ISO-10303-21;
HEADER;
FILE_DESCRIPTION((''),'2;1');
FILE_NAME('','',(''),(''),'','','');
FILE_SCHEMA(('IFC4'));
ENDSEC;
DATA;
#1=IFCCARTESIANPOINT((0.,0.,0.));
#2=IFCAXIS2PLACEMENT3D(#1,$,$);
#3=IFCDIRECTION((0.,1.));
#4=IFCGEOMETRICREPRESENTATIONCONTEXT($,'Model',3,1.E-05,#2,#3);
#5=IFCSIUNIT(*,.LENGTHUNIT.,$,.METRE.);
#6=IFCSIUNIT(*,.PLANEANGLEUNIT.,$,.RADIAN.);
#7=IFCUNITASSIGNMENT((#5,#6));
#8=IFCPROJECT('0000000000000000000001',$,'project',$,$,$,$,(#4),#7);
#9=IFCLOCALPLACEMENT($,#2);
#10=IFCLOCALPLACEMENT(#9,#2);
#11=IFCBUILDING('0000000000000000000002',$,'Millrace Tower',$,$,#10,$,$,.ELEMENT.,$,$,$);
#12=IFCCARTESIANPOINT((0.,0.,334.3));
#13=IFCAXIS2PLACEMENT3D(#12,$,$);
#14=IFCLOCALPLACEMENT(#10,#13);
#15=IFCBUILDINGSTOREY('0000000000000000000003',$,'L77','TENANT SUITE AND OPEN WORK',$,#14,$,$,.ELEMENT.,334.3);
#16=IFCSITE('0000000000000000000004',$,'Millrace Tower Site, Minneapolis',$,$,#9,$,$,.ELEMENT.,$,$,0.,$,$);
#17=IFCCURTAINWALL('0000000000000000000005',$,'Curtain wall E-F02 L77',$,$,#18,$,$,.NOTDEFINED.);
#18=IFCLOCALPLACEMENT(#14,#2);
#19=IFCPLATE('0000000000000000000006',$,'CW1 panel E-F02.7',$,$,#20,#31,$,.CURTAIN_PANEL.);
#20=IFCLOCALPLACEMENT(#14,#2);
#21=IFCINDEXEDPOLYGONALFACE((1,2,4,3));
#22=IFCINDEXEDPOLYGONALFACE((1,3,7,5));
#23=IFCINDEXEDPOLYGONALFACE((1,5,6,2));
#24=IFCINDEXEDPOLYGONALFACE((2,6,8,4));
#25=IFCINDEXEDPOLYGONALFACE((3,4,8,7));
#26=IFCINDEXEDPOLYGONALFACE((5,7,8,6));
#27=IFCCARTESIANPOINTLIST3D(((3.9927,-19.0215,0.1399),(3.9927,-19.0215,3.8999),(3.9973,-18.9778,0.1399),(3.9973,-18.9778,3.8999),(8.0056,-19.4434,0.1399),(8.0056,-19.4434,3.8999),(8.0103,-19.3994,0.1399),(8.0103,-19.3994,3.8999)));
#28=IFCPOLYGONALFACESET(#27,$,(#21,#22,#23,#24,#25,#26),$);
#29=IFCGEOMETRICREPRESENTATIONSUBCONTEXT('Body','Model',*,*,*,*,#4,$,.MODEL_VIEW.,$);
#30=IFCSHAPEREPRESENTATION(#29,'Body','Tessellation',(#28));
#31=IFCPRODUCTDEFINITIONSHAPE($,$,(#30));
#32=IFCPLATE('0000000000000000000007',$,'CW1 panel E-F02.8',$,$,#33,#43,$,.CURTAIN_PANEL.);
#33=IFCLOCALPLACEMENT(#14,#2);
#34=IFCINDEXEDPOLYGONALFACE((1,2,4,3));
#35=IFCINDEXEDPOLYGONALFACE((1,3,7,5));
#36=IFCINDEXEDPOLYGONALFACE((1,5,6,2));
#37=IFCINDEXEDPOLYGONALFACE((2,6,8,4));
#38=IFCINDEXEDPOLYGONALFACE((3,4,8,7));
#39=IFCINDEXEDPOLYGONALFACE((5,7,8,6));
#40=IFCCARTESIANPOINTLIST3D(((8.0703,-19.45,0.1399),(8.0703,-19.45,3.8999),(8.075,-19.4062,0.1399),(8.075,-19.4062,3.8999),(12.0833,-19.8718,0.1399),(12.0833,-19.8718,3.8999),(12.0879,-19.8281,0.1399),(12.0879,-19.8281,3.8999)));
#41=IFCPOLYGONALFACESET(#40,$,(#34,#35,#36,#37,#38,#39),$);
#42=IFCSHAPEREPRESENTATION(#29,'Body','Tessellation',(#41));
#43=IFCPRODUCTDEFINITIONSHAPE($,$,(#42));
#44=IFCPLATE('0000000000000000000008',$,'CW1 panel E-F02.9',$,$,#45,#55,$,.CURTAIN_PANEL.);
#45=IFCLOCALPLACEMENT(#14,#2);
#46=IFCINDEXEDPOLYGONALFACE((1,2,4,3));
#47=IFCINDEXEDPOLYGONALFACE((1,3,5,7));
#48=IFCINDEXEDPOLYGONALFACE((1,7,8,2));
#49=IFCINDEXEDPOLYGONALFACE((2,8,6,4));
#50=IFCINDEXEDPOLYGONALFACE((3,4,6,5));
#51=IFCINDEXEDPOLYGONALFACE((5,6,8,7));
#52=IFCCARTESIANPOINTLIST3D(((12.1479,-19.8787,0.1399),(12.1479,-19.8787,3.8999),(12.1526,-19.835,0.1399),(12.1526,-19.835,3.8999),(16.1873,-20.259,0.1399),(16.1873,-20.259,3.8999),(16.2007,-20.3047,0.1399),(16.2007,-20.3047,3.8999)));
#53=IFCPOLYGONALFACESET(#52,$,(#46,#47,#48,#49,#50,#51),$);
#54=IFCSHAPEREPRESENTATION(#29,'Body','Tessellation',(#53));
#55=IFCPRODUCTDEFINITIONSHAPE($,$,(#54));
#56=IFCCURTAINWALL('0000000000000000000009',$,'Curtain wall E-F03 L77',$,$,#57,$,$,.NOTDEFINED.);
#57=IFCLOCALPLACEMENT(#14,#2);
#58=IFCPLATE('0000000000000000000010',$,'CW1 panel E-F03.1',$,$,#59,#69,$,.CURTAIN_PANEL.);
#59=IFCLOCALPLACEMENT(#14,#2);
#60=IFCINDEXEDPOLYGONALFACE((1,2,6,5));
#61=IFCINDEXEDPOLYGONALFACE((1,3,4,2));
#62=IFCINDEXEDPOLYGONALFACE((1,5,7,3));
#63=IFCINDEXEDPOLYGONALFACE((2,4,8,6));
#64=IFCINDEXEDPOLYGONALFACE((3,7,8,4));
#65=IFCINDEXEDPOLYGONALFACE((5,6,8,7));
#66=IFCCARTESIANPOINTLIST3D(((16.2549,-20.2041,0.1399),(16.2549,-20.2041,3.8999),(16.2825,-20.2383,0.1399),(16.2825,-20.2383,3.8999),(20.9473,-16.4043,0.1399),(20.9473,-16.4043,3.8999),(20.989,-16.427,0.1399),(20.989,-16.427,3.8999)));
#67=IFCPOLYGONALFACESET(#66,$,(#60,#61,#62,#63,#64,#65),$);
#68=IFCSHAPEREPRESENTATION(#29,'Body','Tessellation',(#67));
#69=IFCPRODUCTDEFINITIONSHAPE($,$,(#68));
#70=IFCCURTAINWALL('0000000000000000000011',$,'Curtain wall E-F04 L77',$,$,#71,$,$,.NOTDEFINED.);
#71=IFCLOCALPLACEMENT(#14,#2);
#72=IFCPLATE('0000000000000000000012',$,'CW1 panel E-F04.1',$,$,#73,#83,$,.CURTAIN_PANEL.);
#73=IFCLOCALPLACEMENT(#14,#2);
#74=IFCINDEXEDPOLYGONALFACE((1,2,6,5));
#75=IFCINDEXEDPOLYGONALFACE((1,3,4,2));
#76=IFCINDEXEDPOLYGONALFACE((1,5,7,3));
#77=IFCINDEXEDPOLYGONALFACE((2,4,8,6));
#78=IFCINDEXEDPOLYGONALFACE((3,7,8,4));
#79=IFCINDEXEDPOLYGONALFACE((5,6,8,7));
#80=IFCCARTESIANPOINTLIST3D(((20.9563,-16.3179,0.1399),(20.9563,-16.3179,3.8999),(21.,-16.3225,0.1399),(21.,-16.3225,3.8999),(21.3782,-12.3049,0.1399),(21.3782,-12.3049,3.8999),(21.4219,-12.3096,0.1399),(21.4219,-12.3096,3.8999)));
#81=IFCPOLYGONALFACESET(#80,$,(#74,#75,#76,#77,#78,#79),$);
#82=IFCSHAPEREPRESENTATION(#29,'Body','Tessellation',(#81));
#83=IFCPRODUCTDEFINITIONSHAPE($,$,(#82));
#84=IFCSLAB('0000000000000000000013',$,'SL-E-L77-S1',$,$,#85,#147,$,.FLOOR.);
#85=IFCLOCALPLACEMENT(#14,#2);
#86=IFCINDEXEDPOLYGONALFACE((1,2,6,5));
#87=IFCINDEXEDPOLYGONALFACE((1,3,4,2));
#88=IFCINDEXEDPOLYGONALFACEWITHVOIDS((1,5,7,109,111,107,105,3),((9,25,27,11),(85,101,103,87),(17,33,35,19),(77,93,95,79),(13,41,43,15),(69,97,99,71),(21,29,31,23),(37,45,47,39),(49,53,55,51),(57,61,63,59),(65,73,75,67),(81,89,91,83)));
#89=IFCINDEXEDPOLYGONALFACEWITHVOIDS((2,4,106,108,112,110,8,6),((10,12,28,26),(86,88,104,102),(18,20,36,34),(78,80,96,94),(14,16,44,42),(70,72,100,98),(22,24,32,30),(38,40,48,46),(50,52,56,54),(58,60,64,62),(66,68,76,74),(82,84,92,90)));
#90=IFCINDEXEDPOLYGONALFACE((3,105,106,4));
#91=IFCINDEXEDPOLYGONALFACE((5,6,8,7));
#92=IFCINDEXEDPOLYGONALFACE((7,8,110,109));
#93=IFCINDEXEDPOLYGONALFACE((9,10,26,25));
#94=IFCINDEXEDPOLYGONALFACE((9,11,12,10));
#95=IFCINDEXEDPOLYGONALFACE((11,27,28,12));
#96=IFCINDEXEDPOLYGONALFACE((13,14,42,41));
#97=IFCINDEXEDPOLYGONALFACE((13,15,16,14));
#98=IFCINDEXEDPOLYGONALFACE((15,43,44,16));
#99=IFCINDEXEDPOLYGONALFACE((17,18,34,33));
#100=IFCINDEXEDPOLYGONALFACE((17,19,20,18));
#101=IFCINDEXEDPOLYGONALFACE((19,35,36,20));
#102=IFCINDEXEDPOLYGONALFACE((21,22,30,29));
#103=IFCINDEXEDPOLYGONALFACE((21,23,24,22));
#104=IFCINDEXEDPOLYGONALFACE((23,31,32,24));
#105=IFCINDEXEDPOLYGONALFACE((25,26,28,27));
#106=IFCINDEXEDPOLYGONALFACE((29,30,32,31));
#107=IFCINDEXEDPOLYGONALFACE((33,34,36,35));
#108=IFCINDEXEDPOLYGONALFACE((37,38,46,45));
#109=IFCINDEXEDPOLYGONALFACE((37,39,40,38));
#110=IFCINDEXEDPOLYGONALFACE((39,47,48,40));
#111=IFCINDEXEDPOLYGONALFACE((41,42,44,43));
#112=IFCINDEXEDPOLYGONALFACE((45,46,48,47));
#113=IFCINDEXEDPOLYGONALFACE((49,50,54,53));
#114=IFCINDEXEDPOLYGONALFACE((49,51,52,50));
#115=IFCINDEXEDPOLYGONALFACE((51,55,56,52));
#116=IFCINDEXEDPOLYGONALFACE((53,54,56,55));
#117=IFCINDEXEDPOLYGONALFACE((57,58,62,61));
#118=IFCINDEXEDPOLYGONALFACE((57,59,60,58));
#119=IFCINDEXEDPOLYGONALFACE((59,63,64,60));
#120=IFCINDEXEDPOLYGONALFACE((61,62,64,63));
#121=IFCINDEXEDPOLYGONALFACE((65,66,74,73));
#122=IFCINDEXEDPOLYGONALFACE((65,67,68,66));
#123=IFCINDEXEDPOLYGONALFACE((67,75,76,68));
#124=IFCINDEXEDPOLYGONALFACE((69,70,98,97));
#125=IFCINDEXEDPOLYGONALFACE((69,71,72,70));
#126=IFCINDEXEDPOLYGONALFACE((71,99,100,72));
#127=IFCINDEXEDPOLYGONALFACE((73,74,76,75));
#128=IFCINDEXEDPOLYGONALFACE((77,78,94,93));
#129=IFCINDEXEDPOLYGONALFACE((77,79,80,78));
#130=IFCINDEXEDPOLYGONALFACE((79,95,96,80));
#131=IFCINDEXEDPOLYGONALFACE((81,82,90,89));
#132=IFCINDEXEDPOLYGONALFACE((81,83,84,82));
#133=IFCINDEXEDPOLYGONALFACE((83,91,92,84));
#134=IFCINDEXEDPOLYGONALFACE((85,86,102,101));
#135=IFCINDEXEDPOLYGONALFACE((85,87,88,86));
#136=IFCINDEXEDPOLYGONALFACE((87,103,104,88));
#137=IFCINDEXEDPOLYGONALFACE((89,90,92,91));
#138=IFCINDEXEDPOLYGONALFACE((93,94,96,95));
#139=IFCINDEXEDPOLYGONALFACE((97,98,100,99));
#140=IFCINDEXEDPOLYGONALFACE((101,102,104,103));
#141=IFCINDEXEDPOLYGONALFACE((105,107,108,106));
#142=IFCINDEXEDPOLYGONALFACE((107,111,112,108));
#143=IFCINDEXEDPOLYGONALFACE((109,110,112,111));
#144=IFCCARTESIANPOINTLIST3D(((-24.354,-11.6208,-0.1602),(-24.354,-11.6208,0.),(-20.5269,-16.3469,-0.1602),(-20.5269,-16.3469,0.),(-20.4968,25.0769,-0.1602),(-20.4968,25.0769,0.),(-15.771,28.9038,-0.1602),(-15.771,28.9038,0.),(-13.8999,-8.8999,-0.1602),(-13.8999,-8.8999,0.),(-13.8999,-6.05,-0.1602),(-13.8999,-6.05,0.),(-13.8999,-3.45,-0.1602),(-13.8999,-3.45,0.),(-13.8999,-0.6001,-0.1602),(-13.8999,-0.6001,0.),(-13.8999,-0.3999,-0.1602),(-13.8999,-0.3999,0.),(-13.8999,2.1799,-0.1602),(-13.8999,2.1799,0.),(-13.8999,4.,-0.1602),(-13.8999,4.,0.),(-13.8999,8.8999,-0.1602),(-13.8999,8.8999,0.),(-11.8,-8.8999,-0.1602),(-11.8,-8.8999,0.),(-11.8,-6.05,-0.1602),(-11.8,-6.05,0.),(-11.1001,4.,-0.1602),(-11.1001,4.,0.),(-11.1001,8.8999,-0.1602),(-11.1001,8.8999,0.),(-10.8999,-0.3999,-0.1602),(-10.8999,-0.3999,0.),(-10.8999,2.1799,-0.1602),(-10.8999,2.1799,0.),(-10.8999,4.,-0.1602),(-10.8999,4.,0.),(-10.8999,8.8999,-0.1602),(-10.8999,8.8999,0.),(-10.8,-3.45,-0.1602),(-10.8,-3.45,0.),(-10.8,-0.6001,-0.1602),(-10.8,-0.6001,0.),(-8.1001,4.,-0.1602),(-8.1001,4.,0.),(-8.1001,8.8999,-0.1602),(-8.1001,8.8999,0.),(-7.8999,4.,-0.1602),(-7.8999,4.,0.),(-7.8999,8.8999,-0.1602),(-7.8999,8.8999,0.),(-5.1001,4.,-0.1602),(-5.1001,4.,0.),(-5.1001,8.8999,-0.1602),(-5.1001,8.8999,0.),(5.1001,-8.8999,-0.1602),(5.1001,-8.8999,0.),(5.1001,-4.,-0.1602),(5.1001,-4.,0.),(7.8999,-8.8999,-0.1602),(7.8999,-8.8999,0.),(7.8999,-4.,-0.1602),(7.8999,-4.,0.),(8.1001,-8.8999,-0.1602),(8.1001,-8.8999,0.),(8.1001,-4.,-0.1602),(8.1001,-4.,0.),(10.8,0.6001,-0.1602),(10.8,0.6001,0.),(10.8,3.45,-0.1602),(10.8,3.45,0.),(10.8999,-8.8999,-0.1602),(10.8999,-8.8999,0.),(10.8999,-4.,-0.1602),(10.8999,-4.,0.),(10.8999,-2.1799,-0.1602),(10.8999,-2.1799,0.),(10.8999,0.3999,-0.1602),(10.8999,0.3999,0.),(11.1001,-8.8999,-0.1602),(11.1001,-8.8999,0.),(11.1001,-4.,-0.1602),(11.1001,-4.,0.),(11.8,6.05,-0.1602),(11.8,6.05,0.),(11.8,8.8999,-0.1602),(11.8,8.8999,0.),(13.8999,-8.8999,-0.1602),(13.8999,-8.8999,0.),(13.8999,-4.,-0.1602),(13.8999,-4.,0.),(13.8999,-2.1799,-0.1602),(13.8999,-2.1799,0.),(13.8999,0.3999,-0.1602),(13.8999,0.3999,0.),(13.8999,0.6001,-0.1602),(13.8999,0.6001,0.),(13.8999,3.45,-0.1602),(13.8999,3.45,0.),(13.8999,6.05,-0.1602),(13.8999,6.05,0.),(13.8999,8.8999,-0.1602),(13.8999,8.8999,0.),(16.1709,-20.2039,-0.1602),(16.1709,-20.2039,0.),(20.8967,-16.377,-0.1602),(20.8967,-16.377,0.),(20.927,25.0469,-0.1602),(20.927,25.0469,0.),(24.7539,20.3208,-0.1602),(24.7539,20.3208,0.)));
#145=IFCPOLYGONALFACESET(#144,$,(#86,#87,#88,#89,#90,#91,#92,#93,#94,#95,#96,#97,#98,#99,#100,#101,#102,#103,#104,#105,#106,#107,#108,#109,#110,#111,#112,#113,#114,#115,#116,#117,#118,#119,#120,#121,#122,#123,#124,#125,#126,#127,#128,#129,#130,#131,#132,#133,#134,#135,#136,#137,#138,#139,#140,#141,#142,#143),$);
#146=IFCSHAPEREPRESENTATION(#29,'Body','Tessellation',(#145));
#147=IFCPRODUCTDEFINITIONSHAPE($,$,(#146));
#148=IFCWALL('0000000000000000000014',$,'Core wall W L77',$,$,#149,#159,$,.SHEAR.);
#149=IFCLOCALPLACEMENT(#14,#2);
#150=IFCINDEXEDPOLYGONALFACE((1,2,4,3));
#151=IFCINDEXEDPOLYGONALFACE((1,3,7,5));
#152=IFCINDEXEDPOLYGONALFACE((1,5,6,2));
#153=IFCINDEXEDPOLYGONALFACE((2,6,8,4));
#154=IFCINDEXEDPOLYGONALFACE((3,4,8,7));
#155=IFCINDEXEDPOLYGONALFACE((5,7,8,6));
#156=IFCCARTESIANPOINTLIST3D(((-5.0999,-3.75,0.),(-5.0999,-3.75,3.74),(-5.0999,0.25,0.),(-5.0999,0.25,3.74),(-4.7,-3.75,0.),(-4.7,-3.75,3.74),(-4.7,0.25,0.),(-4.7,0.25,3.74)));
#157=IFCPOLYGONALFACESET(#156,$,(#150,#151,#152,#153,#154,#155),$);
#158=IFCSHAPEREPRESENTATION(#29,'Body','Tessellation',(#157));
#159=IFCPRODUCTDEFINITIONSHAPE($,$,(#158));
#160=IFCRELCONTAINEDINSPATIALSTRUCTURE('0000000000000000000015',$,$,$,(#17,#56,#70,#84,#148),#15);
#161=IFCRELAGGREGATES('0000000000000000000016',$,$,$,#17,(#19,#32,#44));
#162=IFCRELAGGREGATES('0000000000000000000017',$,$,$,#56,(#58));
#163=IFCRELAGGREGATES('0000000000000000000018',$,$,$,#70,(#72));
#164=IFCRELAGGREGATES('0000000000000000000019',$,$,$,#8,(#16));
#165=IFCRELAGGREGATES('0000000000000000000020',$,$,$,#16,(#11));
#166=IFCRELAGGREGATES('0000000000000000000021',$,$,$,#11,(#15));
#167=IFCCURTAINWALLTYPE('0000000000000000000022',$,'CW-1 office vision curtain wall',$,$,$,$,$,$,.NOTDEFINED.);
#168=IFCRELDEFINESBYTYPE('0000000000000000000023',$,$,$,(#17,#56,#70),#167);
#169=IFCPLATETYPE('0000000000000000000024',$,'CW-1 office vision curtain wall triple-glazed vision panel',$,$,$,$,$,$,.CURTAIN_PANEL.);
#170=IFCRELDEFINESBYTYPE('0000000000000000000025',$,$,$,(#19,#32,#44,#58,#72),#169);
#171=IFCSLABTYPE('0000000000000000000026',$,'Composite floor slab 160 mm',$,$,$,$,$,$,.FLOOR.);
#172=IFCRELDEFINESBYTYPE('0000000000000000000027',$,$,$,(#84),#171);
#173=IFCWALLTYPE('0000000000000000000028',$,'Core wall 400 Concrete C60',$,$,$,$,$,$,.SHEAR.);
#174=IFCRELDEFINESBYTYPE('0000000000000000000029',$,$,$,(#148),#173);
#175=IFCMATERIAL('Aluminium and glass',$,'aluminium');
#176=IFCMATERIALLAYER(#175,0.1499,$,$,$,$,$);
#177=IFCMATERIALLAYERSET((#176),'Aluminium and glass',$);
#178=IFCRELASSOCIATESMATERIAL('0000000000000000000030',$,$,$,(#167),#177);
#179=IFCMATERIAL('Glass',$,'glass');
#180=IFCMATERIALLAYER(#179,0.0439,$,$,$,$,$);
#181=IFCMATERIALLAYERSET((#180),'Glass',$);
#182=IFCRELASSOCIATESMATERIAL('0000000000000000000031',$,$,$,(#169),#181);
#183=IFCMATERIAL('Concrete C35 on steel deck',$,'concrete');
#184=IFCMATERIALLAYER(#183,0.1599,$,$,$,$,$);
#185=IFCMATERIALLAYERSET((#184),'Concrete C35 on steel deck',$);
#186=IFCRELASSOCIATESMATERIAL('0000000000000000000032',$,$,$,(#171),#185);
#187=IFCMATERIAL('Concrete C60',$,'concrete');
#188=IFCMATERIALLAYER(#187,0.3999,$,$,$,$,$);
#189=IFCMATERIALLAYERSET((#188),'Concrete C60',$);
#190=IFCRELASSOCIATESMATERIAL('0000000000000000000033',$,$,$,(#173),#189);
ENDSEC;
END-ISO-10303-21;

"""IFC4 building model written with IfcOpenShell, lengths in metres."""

from ifc_helpers import new_model, si_unit, direction, frame, frame_2d, origin, place, context, subcontext, project, spatial, polyline, rectangle, outline, extrude, material, layer, layer_set, type_object, element, aggregate, save


model = new_model("IFC4")

# Units and contexts
model_context = context("Model", 3, precision=1e-05, world=origin(), true_north=direction((0.0, 1.0)))
body_context = subcontext(model_context, "Body", "Model", "MODEL_VIEW")
ifc_project = project(units=[si_unit("LENGTHUNIT", "METRE"), si_unit("PLANEANGLEUNIT", "RADIAN")], contexts=[model_context])

# Site, building, storey
site_placement = place(None, origin())
site = spatial("IfcSite", under=ifc_project, at=site_placement, Name="Millrace Tower Site, Minneapolis", CompositionType="ELEMENT", RefElevation=0.0)
building_placement = place(site_placement, origin())
building = spatial("IfcBuilding", under=site, at=building_placement, Name="Millrace Tower", CompositionType="ELEMENT")
storey_placement = place(building_placement, frame((0.0, 0.0, 334.3)))
storey = spatial("IfcBuildingStorey", under=building, at=storey_placement, Name="L77", Description="TENANT SUITE AND OPEN WORK", CompositionType="ELEMENT", Elevation=334.3)

# Shared definitions
ifc_material_1 = material(Name="Aluminium and glass", Category="aluminium")
ifc_layer_1 = layer(ifc_material_1, 0.1499)
ifc_layer_set_1 = layer_set([ifc_layer_1], Name="Aluminium and glass")
curtain_wall_type = type_object("IfcCurtainWallType", Name="CW-1 office vision curtain wall", PredefinedType="NOTDEFINED", material=ifc_layer_set_1)
placement_1 = place(storey_placement, origin())
ifc_material_2 = material(Name="Glass", Category="glass")
ifc_layer_2 = layer(ifc_material_2, 0.0439)
ifc_layer_set_2 = layer_set([ifc_layer_2], Name="Glass")
plate_type = type_object("IfcPlateType", Name="CW-1 office vision curtain wall triple-glazed vision panel", PredefinedType="CURTAIN_PANEL", material=ifc_layer_set_2)
placement_2 = place(storey_placement, frame((0.0, 0.0, 0.1399)))

# Curtain wall, plates
curtain_wall_1 = element("IfcCurtainWall", 1, at=placement_1, inside=storey, type_object=curtain_wall_type, Name="Curtain wall E-F02 L77", PredefinedType="NOTDEFINED")
plate_1 = element("IfcPlate", 2, at=placement_2, type_object=plate_type, Name="CW1 panel E-F02.7", PredefinedType="CURTAIN_PANEL", context=body_context, shape_type="SweptSolid", body=[
    extrude(outline(polyline([(3.9927, -19.0215), (8.0056, -19.4434), (8.0103, -19.3994), (3.9973, -18.9778), (3.9927, -19.0215)])), origin(), (0.0, 0.0, 1.0), 3.76),
])
plate_2 = element("IfcPlate", 3, at=placement_2, type_object=plate_type, Name="CW1 panel E-F02.8", PredefinedType="CURTAIN_PANEL", context=body_context, shape_type="SweptSolid", body=[
    extrude(outline(polyline([(8.0703, -19.45), (12.0833, -19.8718), (12.0879, -19.8281), (8.075, -19.4062), (8.0703, -19.45)])), origin(), (0.0, 0.0, 1.0), 3.76),
])
plate_3 = element("IfcPlate", 4, at=placement_2, type_object=plate_type, Name="CW1 panel E-F02.9", PredefinedType="CURTAIN_PANEL", context=body_context, shape_type="SweptSolid", body=[
    extrude(outline(polyline([(12.1479, -19.8787), (16.2007, -20.3047), (16.1873, -20.259), (12.1526, -19.835), (12.1479, -19.8787)])), origin(), (0.0, 0.0, 1.0), 3.76),
])
aggregate(curtain_wall_1, [plate_1, plate_2, plate_3])

# Curtain walls, plates
curtain_wall_2 = element("IfcCurtainWall", 5, at=placement_1, inside=storey, type_object=curtain_wall_type, Name="Curtain wall E-F03 L77", PredefinedType="NOTDEFINED")
plate_4 = element("IfcPlate", 6, at=placement_2, type_object=plate_type, Name="CW1 panel E-F03.1", PredefinedType="CURTAIN_PANEL", context=body_context, shape_type="SweptSolid", body=[
    extrude(outline(polyline([(16.2825, -20.2383), (20.989, -16.427), (20.9473, -16.4043), (16.2549, -20.2041), (16.2825, -20.2383)])), origin(), (0.0, 0.0, 1.0), 3.76),
])
aggregate(curtain_wall_2, [plate_4])
curtain_wall_3 = element("IfcCurtainWall", 7, at=placement_1, inside=storey, type_object=curtain_wall_type, Name="Curtain wall E-F04 L77", PredefinedType="NOTDEFINED")
plate_5 = element("IfcPlate", 8, at=placement_2, type_object=plate_type, Name="CW1 panel E-F04.1", PredefinedType="CURTAIN_PANEL", context=body_context, shape_type="SweptSolid", body=[
    extrude(outline(polyline([(21.0, -16.3225), (21.4219, -12.3096), (21.3782, -12.3049), (20.9563, -16.3179), (21.0, -16.3225)])), origin(), (0.0, 0.0, 1.0), 3.76),
])
aggregate(curtain_wall_3, [plate_5])

# Slab
ifc_material_3 = material(Name="Concrete C35 on steel deck", Category="concrete")
ifc_layer_3 = layer(ifc_material_3, 0.1599)
ifc_layer_set_3 = layer_set([ifc_layer_3], Name="Concrete C35 on steel deck")
slab_type = type_object("IfcSlabType", Name="Composite floor slab 160 mm", PredefinedType="FLOOR", material=ifc_layer_set_3)
slab_placement = place(storey_placement, frame((0.0, 0.0, -0.1602)))
element("IfcSlab", 9, at=slab_placement, inside=storey, type_object=slab_type, Name="SL-E-L77-S1", PredefinedType="FLOOR", context=body_context, shape_type="SweptSolid", body=[
    extrude(outline(polyline([(-24.354, -11.6208), (-20.5269, -16.3469), (16.1709, -20.2039), (20.8967, -16.377), (24.7539, 20.3208), (20.927, 25.0469), (-15.771, 28.9038), (-20.4968, 25.0769), (-24.354, -11.6208)]), holes=[polyline([(-13.8999, -8.8999), (-11.8, -8.8999), (-11.8, -6.05), (-13.8999, -6.05), (-13.8999, -8.8999)]), polyline([(-13.8999, -3.45), (-10.8, -3.45), (-10.8, -0.6001), (-13.8999, -0.6001), (-13.8999, -3.45)]), polyline([(-13.8999, -0.3999), (-10.8999, -0.3999), (-10.8999, 2.1799), (-13.8999, 2.1799), (-13.8999, -0.3999)]), polyline([(-13.8999, 4.0), (-11.1001, 4.0), (-11.1001, 8.8999), (-13.8999, 8.8999), (-13.8999, 4.0)]), polyline([(-10.8999, 4.0), (-8.1001, 4.0), (-8.1001, 8.8999), (-10.8999, 8.8999), (-10.8999, 4.0)]), polyline([(-7.8999, 4.0), (-5.1001, 4.0), (-5.1001, 8.8999), (-7.8999, 8.8999), (-7.8999, 4.0)]), polyline([(11.8, 6.05), (13.8999, 6.05), (13.8999, 8.8999), (11.8, 8.8999), (11.8, 6.05)]), polyline([(10.8, 0.6001), (13.8999, 0.6001), (13.8999, 3.45), (10.8, 3.45), (10.8, 0.6001)]), polyline([(10.8999, -2.1799), (13.8999, -2.1799), (13.8999, 0.3999), (10.8999, 0.3999), (10.8999, -2.1799)]), polyline([(11.1001, -8.8999), (13.8999, -8.8999), (13.8999, -4.0), (11.1001, -4.0), (11.1001, -8.8999)]), polyline([(8.1001, -8.8999), (10.8999, -8.8999), (10.8999, -4.0), (8.1001, -4.0), (8.1001, -8.8999)]), polyline([(5.1001, -8.8999), (7.8999, -8.8999), (7.8999, -4.0), (5.1001, -4.0), (5.1001, -8.8999)])]), origin(), (0.0, 0.0, 1.0), 0.1602),
])

# Wall
ifc_material_4 = material(Name="Concrete C60", Category="concrete")
ifc_layer_4 = layer(ifc_material_4, 0.3999)
ifc_layer_set_4 = layer_set([ifc_layer_4], Name="Concrete C60")
wall_type_1 = type_object("IfcWallType", Name="Core wall 400 Concrete C60", PredefinedType="SHEAR", material=ifc_layer_set_4)
wall_1_placement = place(storey_placement, frame((-4.8999, -3.75, 0.0), z_axis=(0.0, 0.0, 1.0), x_axis=(0.0, 1.0, 0.0)))
element("IfcWall", 10, at=wall_1_placement, inside=storey, type_object=wall_type_1, Name="Core wall W L77", PredefinedType="SHEAR", context=body_context, shape_type="SweptSolid", body=[
    extrude(rectangle(XDim=4.0, YDim=0.3999, at=frame_2d((2.0, 0.0))), origin(), (0.0, 0.0, 1.0), 3.74),
])

save(model, "model.ifc")
